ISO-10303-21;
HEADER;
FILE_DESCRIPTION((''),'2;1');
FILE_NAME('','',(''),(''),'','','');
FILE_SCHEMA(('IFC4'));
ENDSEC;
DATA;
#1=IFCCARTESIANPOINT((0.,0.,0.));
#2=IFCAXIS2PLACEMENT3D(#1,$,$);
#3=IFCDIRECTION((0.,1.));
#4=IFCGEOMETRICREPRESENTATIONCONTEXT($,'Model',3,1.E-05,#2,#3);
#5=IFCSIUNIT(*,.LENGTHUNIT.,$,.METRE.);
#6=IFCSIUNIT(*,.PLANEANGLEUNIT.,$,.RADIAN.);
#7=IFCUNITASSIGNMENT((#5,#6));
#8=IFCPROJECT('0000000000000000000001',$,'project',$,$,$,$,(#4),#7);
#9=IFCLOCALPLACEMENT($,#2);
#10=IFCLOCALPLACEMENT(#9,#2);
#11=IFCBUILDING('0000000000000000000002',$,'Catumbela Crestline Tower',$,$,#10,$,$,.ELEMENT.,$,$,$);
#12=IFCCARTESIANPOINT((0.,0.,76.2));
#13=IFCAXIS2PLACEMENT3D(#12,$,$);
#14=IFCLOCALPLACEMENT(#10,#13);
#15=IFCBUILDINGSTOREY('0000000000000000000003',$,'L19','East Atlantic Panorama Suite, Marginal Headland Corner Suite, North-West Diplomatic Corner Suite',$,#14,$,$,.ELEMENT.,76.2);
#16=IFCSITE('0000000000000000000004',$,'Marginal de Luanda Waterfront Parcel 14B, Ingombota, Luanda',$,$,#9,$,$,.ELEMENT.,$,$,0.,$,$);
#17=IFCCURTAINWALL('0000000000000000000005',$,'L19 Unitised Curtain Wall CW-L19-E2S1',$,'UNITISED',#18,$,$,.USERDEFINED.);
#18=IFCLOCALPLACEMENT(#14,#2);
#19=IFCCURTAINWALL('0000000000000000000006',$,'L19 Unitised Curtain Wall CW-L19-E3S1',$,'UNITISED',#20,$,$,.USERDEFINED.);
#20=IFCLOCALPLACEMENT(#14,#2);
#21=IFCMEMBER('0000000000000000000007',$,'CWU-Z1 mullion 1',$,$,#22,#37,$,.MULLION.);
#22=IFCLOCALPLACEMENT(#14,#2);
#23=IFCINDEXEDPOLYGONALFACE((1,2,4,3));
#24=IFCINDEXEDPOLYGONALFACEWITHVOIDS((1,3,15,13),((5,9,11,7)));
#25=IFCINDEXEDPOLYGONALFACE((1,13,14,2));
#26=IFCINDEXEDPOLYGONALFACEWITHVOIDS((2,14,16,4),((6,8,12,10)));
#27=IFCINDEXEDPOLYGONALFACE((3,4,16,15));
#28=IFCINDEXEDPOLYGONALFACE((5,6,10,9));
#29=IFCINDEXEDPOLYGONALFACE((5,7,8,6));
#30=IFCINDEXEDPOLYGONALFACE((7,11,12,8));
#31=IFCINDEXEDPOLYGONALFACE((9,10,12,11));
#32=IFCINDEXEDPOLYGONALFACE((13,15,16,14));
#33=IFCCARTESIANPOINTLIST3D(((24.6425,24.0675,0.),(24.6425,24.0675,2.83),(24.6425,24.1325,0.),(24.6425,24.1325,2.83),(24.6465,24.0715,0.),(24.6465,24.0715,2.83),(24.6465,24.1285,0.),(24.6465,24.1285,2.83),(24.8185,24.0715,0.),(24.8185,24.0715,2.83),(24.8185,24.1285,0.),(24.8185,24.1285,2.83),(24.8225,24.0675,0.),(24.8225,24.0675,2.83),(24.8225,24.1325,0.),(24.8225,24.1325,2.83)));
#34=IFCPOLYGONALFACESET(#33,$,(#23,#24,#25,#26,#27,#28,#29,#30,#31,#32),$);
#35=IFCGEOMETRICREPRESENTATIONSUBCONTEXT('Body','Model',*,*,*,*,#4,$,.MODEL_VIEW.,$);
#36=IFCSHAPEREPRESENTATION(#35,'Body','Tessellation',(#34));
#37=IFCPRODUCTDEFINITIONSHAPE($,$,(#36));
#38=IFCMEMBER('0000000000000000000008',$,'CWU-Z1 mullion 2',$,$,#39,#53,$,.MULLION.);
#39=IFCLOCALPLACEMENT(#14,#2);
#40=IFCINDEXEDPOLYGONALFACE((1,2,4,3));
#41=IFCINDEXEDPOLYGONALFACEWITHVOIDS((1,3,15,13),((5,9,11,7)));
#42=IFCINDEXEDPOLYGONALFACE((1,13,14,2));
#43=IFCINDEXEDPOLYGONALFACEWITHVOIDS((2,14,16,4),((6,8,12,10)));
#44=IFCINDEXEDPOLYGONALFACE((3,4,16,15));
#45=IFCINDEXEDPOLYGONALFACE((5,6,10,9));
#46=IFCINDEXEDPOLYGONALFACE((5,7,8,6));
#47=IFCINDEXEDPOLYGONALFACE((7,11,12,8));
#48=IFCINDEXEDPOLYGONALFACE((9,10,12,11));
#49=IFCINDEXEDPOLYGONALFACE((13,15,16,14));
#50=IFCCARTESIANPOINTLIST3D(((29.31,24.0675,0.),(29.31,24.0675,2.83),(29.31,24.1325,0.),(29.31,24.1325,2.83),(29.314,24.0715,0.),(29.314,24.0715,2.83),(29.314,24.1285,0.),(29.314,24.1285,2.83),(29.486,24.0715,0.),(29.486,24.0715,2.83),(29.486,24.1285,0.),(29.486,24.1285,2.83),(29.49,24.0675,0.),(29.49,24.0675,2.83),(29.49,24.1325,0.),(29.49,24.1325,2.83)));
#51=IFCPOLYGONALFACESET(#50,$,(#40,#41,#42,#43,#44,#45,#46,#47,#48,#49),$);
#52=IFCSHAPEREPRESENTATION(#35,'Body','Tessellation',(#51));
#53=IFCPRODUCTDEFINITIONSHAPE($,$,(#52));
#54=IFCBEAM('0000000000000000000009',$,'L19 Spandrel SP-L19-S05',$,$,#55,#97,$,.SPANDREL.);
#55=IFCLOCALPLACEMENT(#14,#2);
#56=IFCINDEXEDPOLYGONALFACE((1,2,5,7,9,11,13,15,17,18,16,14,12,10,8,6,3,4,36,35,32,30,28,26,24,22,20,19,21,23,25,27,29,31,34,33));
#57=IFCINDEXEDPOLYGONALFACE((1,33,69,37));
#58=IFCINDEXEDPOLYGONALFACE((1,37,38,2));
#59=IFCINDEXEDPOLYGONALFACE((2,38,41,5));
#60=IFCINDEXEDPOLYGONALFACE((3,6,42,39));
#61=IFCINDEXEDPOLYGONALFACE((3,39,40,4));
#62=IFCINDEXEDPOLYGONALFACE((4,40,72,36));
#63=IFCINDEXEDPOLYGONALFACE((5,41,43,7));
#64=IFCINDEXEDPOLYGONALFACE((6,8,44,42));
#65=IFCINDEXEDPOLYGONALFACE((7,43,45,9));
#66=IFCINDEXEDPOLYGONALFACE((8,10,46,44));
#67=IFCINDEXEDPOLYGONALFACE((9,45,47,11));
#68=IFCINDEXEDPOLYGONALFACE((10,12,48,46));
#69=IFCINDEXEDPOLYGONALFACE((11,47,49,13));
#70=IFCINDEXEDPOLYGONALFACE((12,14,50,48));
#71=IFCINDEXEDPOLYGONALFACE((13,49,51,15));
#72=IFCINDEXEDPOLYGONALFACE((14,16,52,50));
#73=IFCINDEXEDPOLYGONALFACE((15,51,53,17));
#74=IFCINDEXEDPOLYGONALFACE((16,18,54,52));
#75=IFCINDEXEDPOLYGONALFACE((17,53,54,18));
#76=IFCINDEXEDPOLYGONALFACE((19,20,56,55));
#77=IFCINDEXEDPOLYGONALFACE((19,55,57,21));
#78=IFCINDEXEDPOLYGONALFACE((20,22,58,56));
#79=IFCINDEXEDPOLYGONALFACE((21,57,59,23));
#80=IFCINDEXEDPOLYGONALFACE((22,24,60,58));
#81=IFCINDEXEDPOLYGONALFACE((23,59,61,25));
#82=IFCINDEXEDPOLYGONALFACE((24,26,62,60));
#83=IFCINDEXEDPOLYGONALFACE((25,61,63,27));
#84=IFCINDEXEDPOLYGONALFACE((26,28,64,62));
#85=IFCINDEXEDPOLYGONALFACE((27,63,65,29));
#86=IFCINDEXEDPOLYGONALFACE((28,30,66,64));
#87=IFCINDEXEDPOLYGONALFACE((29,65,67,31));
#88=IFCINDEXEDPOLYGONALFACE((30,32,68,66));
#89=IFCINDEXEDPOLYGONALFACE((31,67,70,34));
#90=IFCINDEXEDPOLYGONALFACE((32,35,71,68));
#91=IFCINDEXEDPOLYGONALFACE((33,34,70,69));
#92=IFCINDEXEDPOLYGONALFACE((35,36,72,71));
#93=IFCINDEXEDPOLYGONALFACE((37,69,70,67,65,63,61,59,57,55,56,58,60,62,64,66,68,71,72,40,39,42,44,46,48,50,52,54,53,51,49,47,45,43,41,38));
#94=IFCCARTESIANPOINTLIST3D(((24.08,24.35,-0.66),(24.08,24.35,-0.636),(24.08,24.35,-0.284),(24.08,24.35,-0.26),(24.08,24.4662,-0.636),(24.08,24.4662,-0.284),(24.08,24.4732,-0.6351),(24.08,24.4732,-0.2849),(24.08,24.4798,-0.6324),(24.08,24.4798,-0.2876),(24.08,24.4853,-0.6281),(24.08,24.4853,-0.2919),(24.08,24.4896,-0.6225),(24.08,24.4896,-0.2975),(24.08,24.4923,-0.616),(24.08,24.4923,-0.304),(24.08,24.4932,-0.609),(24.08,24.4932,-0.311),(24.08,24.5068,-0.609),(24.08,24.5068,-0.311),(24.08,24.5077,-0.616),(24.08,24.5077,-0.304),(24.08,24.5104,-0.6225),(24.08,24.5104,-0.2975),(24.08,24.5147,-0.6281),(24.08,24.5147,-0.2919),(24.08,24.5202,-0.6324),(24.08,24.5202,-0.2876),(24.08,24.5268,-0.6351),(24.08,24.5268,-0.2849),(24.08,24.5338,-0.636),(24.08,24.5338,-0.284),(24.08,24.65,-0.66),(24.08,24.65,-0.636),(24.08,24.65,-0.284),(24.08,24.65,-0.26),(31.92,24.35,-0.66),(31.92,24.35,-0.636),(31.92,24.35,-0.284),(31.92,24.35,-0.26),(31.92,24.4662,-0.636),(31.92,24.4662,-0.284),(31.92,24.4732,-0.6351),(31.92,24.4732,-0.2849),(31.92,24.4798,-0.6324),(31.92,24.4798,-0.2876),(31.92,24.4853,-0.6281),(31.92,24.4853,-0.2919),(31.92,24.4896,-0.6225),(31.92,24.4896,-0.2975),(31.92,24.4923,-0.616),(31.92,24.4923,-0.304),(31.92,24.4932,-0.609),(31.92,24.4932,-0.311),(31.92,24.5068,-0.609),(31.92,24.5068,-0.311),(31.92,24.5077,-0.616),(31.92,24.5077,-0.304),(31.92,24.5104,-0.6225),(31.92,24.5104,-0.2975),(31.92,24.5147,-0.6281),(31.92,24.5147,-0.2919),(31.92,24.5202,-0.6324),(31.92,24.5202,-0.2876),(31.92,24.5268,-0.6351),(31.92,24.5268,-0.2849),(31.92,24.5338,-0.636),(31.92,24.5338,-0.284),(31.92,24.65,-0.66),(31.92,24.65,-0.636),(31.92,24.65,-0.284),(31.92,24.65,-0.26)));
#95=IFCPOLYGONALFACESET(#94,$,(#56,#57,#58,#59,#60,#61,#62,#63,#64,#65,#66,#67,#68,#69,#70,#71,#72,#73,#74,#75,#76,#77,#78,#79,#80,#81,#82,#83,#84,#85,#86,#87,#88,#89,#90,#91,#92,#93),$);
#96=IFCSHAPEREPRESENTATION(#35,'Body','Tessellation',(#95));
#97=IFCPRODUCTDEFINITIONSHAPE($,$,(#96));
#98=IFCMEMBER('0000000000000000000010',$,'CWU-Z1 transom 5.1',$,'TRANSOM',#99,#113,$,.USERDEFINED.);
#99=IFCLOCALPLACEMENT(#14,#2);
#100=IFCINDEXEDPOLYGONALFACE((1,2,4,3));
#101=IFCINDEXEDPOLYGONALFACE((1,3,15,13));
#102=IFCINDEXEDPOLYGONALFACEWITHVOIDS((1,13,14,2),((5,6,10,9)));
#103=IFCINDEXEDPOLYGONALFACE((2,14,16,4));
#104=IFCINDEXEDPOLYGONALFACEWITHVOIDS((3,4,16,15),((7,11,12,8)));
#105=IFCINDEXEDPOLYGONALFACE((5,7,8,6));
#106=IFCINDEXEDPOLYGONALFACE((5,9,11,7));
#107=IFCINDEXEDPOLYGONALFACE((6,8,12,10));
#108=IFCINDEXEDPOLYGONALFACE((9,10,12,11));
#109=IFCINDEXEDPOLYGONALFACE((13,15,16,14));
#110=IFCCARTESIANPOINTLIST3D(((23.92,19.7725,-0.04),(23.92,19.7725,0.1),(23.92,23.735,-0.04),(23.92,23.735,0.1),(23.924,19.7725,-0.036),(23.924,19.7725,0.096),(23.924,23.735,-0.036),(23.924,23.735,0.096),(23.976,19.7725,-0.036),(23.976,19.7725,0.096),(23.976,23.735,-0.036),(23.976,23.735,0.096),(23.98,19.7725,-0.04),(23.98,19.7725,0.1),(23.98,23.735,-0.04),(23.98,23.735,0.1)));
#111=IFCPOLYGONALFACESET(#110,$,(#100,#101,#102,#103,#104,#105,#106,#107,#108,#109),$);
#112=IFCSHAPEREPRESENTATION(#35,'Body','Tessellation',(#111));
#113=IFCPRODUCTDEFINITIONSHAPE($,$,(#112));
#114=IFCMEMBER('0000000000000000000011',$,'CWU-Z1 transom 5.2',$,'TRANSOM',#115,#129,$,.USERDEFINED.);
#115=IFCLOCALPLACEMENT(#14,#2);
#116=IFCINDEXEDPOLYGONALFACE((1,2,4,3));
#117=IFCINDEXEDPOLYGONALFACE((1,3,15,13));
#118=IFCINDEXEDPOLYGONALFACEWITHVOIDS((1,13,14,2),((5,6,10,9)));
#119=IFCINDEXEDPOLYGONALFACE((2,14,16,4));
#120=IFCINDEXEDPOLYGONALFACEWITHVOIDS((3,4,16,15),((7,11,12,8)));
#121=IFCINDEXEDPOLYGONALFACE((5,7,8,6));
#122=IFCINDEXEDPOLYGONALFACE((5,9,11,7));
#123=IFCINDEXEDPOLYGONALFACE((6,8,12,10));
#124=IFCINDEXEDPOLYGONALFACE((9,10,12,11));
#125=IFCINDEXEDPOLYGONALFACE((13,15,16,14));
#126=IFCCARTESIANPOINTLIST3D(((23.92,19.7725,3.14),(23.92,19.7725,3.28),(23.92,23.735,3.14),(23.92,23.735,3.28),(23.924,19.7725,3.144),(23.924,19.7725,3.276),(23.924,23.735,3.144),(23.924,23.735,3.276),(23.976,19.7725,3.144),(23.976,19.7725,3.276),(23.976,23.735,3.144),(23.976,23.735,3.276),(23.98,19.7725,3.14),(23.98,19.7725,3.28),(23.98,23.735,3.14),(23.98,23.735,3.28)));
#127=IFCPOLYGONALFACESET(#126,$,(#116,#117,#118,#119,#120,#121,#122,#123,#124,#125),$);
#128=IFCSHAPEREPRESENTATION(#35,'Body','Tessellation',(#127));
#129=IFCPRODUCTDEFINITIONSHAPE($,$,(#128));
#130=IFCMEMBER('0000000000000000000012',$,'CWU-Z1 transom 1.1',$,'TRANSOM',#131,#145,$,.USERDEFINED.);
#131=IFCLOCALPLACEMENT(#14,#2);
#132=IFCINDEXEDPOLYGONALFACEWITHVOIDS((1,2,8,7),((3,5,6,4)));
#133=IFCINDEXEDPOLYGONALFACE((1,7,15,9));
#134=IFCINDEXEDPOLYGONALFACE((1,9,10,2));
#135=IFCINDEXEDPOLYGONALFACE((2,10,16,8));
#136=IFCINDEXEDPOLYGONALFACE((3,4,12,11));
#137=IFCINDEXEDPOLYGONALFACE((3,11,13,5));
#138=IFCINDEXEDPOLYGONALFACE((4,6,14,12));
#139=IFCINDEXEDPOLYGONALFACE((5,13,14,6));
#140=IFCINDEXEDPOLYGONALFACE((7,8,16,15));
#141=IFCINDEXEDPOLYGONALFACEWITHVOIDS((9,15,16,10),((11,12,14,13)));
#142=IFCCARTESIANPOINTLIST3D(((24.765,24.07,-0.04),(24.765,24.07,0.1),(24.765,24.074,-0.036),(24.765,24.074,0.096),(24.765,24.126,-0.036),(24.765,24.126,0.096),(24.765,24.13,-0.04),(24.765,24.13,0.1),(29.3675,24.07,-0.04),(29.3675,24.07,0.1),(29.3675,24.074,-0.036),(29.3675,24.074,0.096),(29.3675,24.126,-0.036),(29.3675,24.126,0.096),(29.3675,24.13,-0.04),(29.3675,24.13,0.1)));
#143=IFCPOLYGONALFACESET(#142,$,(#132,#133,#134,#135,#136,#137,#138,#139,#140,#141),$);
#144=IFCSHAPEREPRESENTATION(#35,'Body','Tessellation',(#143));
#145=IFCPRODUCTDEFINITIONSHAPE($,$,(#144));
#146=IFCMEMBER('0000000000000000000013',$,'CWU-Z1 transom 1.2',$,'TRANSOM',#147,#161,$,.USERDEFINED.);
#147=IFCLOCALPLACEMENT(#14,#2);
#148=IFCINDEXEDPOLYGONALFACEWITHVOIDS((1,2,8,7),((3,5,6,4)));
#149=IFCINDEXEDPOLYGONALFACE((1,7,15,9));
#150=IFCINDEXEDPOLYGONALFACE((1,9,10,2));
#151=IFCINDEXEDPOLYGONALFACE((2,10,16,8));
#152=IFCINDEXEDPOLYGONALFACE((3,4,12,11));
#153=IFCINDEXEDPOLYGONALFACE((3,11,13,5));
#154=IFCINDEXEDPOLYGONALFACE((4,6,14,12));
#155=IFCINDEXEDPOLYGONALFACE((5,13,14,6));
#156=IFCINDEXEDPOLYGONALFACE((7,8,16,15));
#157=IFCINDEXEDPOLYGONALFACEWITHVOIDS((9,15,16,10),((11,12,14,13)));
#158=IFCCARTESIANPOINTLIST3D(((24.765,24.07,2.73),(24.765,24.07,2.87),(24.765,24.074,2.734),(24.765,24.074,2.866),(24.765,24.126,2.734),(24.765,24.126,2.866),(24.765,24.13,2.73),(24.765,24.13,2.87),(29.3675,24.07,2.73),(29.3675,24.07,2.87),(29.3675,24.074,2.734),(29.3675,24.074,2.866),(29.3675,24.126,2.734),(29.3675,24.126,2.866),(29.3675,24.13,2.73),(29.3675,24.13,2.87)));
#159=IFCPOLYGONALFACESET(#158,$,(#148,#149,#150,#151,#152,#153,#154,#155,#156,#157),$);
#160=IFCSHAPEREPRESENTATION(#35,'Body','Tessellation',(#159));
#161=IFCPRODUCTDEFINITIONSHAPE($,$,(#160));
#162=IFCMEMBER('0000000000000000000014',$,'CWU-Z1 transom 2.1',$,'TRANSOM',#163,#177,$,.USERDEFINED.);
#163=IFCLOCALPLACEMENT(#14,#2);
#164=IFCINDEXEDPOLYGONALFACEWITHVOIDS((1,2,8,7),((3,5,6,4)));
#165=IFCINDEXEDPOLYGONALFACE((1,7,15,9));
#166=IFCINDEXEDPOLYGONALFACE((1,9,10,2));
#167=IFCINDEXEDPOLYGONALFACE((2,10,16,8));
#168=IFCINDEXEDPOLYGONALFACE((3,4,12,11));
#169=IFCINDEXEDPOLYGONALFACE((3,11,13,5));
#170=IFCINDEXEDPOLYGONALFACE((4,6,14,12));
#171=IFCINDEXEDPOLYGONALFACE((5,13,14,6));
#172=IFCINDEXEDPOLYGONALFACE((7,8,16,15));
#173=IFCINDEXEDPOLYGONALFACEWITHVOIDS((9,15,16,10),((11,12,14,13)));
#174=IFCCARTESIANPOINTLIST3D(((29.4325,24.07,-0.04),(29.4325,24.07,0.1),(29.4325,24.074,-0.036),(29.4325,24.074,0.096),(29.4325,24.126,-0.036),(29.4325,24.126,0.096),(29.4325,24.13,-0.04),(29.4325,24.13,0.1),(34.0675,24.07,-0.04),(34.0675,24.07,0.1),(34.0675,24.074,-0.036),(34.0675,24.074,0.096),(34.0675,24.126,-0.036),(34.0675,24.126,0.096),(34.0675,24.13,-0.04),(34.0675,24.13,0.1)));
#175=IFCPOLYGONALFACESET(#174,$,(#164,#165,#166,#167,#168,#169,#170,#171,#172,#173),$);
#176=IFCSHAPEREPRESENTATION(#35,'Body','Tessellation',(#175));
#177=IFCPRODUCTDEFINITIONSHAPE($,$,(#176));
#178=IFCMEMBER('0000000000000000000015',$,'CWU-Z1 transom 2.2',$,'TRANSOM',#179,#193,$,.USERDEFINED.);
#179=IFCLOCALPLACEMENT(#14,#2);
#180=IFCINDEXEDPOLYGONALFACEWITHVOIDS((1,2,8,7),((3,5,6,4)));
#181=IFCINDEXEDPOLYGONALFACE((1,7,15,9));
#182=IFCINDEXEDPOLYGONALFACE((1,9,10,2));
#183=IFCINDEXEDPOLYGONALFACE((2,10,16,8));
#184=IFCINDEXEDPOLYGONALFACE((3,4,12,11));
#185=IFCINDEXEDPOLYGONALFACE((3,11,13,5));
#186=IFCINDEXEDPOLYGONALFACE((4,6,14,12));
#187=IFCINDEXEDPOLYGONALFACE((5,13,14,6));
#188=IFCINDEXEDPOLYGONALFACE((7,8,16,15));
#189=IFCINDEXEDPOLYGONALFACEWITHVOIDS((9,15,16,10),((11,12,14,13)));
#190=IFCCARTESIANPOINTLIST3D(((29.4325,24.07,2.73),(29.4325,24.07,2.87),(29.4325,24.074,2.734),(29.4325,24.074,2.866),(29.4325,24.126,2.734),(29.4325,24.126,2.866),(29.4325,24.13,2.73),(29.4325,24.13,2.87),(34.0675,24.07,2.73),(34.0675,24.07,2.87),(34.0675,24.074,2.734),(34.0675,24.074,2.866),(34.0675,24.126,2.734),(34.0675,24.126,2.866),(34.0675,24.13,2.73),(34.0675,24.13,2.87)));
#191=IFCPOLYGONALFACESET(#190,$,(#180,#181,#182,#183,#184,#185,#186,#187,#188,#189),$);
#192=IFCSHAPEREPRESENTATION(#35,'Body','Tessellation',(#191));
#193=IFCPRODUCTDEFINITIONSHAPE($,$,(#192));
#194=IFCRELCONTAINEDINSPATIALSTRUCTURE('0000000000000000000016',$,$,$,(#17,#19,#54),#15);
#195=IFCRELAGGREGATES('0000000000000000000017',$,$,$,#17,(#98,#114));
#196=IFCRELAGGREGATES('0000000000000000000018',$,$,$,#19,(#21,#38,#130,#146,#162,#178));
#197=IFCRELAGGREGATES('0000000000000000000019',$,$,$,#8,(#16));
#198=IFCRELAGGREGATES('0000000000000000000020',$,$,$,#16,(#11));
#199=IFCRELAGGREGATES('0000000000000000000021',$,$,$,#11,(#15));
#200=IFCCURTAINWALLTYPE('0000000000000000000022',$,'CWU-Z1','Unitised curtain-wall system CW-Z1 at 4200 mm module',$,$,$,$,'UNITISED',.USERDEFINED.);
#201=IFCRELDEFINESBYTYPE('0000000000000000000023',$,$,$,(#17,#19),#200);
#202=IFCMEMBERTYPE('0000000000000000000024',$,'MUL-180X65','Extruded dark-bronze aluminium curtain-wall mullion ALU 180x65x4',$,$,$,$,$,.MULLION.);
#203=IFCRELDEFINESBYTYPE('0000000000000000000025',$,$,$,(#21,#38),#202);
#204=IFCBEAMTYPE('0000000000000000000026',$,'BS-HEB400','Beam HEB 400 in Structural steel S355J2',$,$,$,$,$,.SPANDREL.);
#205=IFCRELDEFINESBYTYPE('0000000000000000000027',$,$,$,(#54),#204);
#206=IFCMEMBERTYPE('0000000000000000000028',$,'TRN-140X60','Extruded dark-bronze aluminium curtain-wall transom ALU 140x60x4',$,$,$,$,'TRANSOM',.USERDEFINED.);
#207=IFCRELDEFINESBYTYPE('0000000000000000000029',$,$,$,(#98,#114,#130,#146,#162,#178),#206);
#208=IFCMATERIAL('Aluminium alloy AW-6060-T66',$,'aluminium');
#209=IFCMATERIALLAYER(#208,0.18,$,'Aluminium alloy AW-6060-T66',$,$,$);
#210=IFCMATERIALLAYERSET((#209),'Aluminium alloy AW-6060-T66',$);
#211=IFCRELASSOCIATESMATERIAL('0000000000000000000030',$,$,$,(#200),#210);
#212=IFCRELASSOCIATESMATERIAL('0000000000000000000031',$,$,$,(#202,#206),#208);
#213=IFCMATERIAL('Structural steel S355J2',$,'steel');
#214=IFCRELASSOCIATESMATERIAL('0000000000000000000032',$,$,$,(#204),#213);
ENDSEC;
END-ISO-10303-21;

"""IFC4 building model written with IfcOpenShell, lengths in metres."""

from ifc_helpers import new_model, si_unit, direction, frame, origin, origin_2d, place, context, subcontext, project, spatial, hollow_rectangle, i_section, extrude, material, layer, layer_set, material_profile, profile_set, type_object, element, aggregate, save


model = new_model("IFC4")

# Units and contexts
model_context = context("Model", 3, precision=1e-05, world=origin(), true_north=direction((0.0, 1.0)))
body_context = subcontext(model_context, "Body", "Model", "MODEL_VIEW")
ifc_project = project(units=[si_unit("LENGTHUNIT", "METRE"), si_unit("PLANEANGLEUNIT", "RADIAN")], contexts=[model_context])

# Site, building, storey
site_placement = place(None, origin())
site = spatial("IfcSite", under=ifc_project, at=site_placement, Name="Marginal de Luanda Waterfront Parcel 14B, Ingombota, Luanda", CompositionType="ELEMENT", RefElevation=0.0)
building_placement = place(site_placement, origin())
building = spatial("IfcBuilding", under=site, at=building_placement, Name="Catumbela Crestline Tower", CompositionType="ELEMENT")
storey_placement = place(building_placement, frame((0.0, 0.0, 76.2)))
storey = spatial("IfcBuildingStorey", under=building, at=storey_placement, Name="L19", Description="East Atlantic Panorama Suite, Marginal Headland Corner Suite, North-West Diplomatic Corner Suite", CompositionType="ELEMENT", Elevation=76.2)

# Shared definitions
ifc_material_1 = material(Name="Structural steel S355J2", Category="steel")

# Curtain walls, members
ifc_material_2 = material(Name="Aluminium alloy AW-6060-T66", Category="aluminium")
ifc_layer_1 = layer(ifc_material_2, 0.18, Name="Aluminium alloy AW-6060-T66")
ifc_layer_set_1 = layer_set([ifc_layer_1], Name="Aluminium alloy AW-6060-T66")
curtain_wall_type = type_object("IfcCurtainWallType", Name="CWU-Z1", Description="Unitised curtain-wall system CW-Z1 at 4200 mm module", ElementType="UNITISED", PredefinedType="USERDEFINED", material=ifc_layer_set_1)
curtain_wall_1_placement = place(storey_placement, origin())
curtain_wall_1 = element("IfcCurtainWall", 1, at=curtain_wall_1_placement, inside=storey, type_object=curtain_wall_type, Name="L19 Unitised Curtain Wall CW-L19-E2S1", ObjectType="UNITISED", PredefinedType="USERDEFINED")
ifc_material_profile_1 = material_profile(ifc_material_2, hollow_rectangle(XDim=0.065, YDim=0.18, WallThickness=0.004, at=origin_2d()), Name="ALU 180x65x4")
ifc_profile_set_1 = profile_set([ifc_material_profile_1], Name="Aluminium alloy AW-6060-T66")
member_type_1 = type_object("IfcMemberType", Name="MUL-180X65", Description="Extruded dark-bronze aluminium curtain-wall mullion ALU 180x65x4", PredefinedType="MULLION", material=ifc_profile_set_1)
curtain_wall_2_placement = place(storey_placement, origin())
curtain_wall_2 = element("IfcCurtainWall", 2, at=curtain_wall_2_placement, inside=storey, type_object=curtain_wall_type, Name="L19 Unitised Curtain Wall CW-L19-E3S1", ObjectType="UNITISED", PredefinedType="USERDEFINED")
member_1_placement = place(storey_placement, frame((24.7325, 24.1, 0.0), z_axis=(0.0, 0.0, 1.0), x_axis=(0.0, 1.0, 0.0)))
member_1 = element("IfcMember", 3, at=member_1_placement, type_object=member_type_1, Name="CWU-Z1 mullion 1", PredefinedType="MULLION", context=body_context, shape_type="SweptSolid", body=[
    extrude(hollow_rectangle(XDim=0.065, YDim=0.18, WallThickness=0.004, at=origin_2d()), origin(), (0.0, 0.0, 1.0), 2.83),
])
member_2_placement = place(storey_placement, frame((29.4, 24.1, 0.0), z_axis=(0.0, 0.0, 1.0), x_axis=(0.0, 1.0, 0.0)))
member_2 = element("IfcMember", 4, at=member_2_placement, type_object=member_type_1, Name="CWU-Z1 mullion 2", PredefinedType="MULLION", context=body_context, shape_type="SweptSolid", body=[
    extrude(hollow_rectangle(XDim=0.065, YDim=0.18, WallThickness=0.004, at=origin_2d()), origin(), (0.0, 0.0, 1.0), 2.83),
])

# Beam
ifc_material_profile_2 = material_profile(ifc_material_1, i_section(OverallWidth=0.3, OverallDepth=0.4, WebThickness=0.0135, FlangeThickness=0.024, FilletRadius=0.027, at=origin_2d()), Name="HEB 400")
ifc_profile_set_2 = profile_set([ifc_material_profile_2], Name="Structural steel S355J2")
beam_type_1 = type_object("IfcBeamType", Name="BS-HEB400", Description="Beam HEB 400 in Structural steel S355J2", PredefinedType="SPANDREL", material=ifc_profile_set_2)
beam_placement = place(storey_placement, frame((24.08, 24.5, -0.46), z_axis=(1.0, 0.0, 0.0), x_axis=(0.0, 1.0, 0.0)))
element("IfcBeam", 5, at=beam_placement, inside=storey, type_object=beam_type_1, Name="L19 Spandrel SP-L19-S05", PredefinedType="SPANDREL", context=body_context, shape_type="SweptSolid", body=[
    extrude(i_section(OverallWidth=0.3, OverallDepth=0.4, WebThickness=0.0135, FlangeThickness=0.024, FilletRadius=0.027, at=origin_2d()), origin(), (0.0, 0.0, 1.0), 7.84),
])

# Members
ifc_material_profile_3 = material_profile(ifc_material_2, hollow_rectangle(XDim=0.06, YDim=0.14, WallThickness=0.004, at=origin_2d()), Name="ALU 140x60x4")
ifc_profile_set_3 = profile_set([ifc_material_profile_3], Name="Aluminium alloy AW-6060-T66")
member_type_2 = type_object("IfcMemberType", Name="TRN-140X60", Description="Extruded dark-bronze aluminium curtain-wall transom ALU 140x60x4", ElementType="TRANSOM", PredefinedType="USERDEFINED", material=ifc_profile_set_3)
member_3_placement = place(storey_placement, frame((23.95, 19.7725, 0.03), z_axis=(0.0, 1.0, 0.0), x_axis=(-1.0, 0.0, 0.0)))
member_3 = element("IfcMember", 6, at=member_3_placement, type_object=member_type_2, Name="CWU-Z1 transom 5.1", ObjectType="TRANSOM", PredefinedType="USERDEFINED", context=body_context, shape_type="SweptSolid", body=[
    extrude(hollow_rectangle(XDim=0.06, YDim=0.14, WallThickness=0.004, at=origin_2d()), origin(), (0.0, 0.0, 1.0), 3.9625),
])
member_4_placement = place(storey_placement, frame((23.95, 19.7725, 3.21), z_axis=(0.0, 1.0, 0.0), x_axis=(-1.0, 0.0, 0.0)))
member_4 = element("IfcMember", 7, at=member_4_placement, type_object=member_type_2, Name="CWU-Z1 transom 5.2", ObjectType="TRANSOM", PredefinedType="USERDEFINED", context=body_context, shape_type="SweptSolid", body=[
    extrude(hollow_rectangle(XDim=0.06, YDim=0.14, WallThickness=0.004, at=origin_2d()), origin(), (0.0, 0.0, 1.0), 3.9625),
])
member_5_placement = place(storey_placement, frame((24.765, 24.1, 0.03), z_axis=(1.0, 0.0, 0.0), x_axis=(0.0, 1.0, 0.0)))
member_5 = element("IfcMember", 8, at=member_5_placement, type_object=member_type_2, Name="CWU-Z1 transom 1.1", ObjectType="TRANSOM", PredefinedType="USERDEFINED", context=body_context, shape_type="SweptSolid", body=[
    extrude(hollow_rectangle(XDim=0.06, YDim=0.14, WallThickness=0.004, at=origin_2d()), origin(), (0.0, 0.0, 1.0), 4.6025),
])
member_6_placement = place(storey_placement, frame((24.765, 24.1, 2.8), z_axis=(1.0, 0.0, 0.0), x_axis=(0.0, 1.0, 0.0)))
member_6 = element("IfcMember", 9, at=member_6_placement, type_object=member_type_2, Name="CWU-Z1 transom 1.2", ObjectType="TRANSOM", PredefinedType="USERDEFINED", context=body_context, shape_type="SweptSolid", body=[
    extrude(hollow_rectangle(XDim=0.06, YDim=0.14, WallThickness=0.004, at=origin_2d()), origin(), (0.0, 0.0, 1.0), 4.6025),
])
member_7_placement = place(storey_placement, frame((29.4325, 24.1, 0.03), z_axis=(1.0, 0.0, 0.0), x_axis=(0.0, 1.0, 0.0)))
member_7 = element("IfcMember", 10, at=member_7_placement, type_object=member_type_2, Name="CWU-Z1 transom 2.1", ObjectType="TRANSOM", PredefinedType="USERDEFINED", context=body_context, shape_type="SweptSolid", body=[
    extrude(hollow_rectangle(XDim=0.06, YDim=0.14, WallThickness=0.004, at=origin_2d()), origin(), (0.0, 0.0, 1.0), 4.635),
])
member_8_placement = place(storey_placement, frame((29.4325, 24.1, 2.8), z_axis=(1.0, 0.0, 0.0), x_axis=(0.0, 1.0, 0.0)))
member_8 = element("IfcMember", 11, at=member_8_placement, type_object=member_type_2, Name="CWU-Z1 transom 2.2", ObjectType="TRANSOM", PredefinedType="USERDEFINED", context=body_context, shape_type="SweptSolid", body=[
    extrude(hollow_rectangle(XDim=0.06, YDim=0.14, WallThickness=0.004, at=origin_2d()), origin(), (0.0, 0.0, 1.0), 4.635),
])

aggregate(curtain_wall_1, [member_3, member_4])
aggregate(curtain_wall_2, [member_1, member_2, member_5, member_6, member_7, member_8])

save(model, "model.ifc")
